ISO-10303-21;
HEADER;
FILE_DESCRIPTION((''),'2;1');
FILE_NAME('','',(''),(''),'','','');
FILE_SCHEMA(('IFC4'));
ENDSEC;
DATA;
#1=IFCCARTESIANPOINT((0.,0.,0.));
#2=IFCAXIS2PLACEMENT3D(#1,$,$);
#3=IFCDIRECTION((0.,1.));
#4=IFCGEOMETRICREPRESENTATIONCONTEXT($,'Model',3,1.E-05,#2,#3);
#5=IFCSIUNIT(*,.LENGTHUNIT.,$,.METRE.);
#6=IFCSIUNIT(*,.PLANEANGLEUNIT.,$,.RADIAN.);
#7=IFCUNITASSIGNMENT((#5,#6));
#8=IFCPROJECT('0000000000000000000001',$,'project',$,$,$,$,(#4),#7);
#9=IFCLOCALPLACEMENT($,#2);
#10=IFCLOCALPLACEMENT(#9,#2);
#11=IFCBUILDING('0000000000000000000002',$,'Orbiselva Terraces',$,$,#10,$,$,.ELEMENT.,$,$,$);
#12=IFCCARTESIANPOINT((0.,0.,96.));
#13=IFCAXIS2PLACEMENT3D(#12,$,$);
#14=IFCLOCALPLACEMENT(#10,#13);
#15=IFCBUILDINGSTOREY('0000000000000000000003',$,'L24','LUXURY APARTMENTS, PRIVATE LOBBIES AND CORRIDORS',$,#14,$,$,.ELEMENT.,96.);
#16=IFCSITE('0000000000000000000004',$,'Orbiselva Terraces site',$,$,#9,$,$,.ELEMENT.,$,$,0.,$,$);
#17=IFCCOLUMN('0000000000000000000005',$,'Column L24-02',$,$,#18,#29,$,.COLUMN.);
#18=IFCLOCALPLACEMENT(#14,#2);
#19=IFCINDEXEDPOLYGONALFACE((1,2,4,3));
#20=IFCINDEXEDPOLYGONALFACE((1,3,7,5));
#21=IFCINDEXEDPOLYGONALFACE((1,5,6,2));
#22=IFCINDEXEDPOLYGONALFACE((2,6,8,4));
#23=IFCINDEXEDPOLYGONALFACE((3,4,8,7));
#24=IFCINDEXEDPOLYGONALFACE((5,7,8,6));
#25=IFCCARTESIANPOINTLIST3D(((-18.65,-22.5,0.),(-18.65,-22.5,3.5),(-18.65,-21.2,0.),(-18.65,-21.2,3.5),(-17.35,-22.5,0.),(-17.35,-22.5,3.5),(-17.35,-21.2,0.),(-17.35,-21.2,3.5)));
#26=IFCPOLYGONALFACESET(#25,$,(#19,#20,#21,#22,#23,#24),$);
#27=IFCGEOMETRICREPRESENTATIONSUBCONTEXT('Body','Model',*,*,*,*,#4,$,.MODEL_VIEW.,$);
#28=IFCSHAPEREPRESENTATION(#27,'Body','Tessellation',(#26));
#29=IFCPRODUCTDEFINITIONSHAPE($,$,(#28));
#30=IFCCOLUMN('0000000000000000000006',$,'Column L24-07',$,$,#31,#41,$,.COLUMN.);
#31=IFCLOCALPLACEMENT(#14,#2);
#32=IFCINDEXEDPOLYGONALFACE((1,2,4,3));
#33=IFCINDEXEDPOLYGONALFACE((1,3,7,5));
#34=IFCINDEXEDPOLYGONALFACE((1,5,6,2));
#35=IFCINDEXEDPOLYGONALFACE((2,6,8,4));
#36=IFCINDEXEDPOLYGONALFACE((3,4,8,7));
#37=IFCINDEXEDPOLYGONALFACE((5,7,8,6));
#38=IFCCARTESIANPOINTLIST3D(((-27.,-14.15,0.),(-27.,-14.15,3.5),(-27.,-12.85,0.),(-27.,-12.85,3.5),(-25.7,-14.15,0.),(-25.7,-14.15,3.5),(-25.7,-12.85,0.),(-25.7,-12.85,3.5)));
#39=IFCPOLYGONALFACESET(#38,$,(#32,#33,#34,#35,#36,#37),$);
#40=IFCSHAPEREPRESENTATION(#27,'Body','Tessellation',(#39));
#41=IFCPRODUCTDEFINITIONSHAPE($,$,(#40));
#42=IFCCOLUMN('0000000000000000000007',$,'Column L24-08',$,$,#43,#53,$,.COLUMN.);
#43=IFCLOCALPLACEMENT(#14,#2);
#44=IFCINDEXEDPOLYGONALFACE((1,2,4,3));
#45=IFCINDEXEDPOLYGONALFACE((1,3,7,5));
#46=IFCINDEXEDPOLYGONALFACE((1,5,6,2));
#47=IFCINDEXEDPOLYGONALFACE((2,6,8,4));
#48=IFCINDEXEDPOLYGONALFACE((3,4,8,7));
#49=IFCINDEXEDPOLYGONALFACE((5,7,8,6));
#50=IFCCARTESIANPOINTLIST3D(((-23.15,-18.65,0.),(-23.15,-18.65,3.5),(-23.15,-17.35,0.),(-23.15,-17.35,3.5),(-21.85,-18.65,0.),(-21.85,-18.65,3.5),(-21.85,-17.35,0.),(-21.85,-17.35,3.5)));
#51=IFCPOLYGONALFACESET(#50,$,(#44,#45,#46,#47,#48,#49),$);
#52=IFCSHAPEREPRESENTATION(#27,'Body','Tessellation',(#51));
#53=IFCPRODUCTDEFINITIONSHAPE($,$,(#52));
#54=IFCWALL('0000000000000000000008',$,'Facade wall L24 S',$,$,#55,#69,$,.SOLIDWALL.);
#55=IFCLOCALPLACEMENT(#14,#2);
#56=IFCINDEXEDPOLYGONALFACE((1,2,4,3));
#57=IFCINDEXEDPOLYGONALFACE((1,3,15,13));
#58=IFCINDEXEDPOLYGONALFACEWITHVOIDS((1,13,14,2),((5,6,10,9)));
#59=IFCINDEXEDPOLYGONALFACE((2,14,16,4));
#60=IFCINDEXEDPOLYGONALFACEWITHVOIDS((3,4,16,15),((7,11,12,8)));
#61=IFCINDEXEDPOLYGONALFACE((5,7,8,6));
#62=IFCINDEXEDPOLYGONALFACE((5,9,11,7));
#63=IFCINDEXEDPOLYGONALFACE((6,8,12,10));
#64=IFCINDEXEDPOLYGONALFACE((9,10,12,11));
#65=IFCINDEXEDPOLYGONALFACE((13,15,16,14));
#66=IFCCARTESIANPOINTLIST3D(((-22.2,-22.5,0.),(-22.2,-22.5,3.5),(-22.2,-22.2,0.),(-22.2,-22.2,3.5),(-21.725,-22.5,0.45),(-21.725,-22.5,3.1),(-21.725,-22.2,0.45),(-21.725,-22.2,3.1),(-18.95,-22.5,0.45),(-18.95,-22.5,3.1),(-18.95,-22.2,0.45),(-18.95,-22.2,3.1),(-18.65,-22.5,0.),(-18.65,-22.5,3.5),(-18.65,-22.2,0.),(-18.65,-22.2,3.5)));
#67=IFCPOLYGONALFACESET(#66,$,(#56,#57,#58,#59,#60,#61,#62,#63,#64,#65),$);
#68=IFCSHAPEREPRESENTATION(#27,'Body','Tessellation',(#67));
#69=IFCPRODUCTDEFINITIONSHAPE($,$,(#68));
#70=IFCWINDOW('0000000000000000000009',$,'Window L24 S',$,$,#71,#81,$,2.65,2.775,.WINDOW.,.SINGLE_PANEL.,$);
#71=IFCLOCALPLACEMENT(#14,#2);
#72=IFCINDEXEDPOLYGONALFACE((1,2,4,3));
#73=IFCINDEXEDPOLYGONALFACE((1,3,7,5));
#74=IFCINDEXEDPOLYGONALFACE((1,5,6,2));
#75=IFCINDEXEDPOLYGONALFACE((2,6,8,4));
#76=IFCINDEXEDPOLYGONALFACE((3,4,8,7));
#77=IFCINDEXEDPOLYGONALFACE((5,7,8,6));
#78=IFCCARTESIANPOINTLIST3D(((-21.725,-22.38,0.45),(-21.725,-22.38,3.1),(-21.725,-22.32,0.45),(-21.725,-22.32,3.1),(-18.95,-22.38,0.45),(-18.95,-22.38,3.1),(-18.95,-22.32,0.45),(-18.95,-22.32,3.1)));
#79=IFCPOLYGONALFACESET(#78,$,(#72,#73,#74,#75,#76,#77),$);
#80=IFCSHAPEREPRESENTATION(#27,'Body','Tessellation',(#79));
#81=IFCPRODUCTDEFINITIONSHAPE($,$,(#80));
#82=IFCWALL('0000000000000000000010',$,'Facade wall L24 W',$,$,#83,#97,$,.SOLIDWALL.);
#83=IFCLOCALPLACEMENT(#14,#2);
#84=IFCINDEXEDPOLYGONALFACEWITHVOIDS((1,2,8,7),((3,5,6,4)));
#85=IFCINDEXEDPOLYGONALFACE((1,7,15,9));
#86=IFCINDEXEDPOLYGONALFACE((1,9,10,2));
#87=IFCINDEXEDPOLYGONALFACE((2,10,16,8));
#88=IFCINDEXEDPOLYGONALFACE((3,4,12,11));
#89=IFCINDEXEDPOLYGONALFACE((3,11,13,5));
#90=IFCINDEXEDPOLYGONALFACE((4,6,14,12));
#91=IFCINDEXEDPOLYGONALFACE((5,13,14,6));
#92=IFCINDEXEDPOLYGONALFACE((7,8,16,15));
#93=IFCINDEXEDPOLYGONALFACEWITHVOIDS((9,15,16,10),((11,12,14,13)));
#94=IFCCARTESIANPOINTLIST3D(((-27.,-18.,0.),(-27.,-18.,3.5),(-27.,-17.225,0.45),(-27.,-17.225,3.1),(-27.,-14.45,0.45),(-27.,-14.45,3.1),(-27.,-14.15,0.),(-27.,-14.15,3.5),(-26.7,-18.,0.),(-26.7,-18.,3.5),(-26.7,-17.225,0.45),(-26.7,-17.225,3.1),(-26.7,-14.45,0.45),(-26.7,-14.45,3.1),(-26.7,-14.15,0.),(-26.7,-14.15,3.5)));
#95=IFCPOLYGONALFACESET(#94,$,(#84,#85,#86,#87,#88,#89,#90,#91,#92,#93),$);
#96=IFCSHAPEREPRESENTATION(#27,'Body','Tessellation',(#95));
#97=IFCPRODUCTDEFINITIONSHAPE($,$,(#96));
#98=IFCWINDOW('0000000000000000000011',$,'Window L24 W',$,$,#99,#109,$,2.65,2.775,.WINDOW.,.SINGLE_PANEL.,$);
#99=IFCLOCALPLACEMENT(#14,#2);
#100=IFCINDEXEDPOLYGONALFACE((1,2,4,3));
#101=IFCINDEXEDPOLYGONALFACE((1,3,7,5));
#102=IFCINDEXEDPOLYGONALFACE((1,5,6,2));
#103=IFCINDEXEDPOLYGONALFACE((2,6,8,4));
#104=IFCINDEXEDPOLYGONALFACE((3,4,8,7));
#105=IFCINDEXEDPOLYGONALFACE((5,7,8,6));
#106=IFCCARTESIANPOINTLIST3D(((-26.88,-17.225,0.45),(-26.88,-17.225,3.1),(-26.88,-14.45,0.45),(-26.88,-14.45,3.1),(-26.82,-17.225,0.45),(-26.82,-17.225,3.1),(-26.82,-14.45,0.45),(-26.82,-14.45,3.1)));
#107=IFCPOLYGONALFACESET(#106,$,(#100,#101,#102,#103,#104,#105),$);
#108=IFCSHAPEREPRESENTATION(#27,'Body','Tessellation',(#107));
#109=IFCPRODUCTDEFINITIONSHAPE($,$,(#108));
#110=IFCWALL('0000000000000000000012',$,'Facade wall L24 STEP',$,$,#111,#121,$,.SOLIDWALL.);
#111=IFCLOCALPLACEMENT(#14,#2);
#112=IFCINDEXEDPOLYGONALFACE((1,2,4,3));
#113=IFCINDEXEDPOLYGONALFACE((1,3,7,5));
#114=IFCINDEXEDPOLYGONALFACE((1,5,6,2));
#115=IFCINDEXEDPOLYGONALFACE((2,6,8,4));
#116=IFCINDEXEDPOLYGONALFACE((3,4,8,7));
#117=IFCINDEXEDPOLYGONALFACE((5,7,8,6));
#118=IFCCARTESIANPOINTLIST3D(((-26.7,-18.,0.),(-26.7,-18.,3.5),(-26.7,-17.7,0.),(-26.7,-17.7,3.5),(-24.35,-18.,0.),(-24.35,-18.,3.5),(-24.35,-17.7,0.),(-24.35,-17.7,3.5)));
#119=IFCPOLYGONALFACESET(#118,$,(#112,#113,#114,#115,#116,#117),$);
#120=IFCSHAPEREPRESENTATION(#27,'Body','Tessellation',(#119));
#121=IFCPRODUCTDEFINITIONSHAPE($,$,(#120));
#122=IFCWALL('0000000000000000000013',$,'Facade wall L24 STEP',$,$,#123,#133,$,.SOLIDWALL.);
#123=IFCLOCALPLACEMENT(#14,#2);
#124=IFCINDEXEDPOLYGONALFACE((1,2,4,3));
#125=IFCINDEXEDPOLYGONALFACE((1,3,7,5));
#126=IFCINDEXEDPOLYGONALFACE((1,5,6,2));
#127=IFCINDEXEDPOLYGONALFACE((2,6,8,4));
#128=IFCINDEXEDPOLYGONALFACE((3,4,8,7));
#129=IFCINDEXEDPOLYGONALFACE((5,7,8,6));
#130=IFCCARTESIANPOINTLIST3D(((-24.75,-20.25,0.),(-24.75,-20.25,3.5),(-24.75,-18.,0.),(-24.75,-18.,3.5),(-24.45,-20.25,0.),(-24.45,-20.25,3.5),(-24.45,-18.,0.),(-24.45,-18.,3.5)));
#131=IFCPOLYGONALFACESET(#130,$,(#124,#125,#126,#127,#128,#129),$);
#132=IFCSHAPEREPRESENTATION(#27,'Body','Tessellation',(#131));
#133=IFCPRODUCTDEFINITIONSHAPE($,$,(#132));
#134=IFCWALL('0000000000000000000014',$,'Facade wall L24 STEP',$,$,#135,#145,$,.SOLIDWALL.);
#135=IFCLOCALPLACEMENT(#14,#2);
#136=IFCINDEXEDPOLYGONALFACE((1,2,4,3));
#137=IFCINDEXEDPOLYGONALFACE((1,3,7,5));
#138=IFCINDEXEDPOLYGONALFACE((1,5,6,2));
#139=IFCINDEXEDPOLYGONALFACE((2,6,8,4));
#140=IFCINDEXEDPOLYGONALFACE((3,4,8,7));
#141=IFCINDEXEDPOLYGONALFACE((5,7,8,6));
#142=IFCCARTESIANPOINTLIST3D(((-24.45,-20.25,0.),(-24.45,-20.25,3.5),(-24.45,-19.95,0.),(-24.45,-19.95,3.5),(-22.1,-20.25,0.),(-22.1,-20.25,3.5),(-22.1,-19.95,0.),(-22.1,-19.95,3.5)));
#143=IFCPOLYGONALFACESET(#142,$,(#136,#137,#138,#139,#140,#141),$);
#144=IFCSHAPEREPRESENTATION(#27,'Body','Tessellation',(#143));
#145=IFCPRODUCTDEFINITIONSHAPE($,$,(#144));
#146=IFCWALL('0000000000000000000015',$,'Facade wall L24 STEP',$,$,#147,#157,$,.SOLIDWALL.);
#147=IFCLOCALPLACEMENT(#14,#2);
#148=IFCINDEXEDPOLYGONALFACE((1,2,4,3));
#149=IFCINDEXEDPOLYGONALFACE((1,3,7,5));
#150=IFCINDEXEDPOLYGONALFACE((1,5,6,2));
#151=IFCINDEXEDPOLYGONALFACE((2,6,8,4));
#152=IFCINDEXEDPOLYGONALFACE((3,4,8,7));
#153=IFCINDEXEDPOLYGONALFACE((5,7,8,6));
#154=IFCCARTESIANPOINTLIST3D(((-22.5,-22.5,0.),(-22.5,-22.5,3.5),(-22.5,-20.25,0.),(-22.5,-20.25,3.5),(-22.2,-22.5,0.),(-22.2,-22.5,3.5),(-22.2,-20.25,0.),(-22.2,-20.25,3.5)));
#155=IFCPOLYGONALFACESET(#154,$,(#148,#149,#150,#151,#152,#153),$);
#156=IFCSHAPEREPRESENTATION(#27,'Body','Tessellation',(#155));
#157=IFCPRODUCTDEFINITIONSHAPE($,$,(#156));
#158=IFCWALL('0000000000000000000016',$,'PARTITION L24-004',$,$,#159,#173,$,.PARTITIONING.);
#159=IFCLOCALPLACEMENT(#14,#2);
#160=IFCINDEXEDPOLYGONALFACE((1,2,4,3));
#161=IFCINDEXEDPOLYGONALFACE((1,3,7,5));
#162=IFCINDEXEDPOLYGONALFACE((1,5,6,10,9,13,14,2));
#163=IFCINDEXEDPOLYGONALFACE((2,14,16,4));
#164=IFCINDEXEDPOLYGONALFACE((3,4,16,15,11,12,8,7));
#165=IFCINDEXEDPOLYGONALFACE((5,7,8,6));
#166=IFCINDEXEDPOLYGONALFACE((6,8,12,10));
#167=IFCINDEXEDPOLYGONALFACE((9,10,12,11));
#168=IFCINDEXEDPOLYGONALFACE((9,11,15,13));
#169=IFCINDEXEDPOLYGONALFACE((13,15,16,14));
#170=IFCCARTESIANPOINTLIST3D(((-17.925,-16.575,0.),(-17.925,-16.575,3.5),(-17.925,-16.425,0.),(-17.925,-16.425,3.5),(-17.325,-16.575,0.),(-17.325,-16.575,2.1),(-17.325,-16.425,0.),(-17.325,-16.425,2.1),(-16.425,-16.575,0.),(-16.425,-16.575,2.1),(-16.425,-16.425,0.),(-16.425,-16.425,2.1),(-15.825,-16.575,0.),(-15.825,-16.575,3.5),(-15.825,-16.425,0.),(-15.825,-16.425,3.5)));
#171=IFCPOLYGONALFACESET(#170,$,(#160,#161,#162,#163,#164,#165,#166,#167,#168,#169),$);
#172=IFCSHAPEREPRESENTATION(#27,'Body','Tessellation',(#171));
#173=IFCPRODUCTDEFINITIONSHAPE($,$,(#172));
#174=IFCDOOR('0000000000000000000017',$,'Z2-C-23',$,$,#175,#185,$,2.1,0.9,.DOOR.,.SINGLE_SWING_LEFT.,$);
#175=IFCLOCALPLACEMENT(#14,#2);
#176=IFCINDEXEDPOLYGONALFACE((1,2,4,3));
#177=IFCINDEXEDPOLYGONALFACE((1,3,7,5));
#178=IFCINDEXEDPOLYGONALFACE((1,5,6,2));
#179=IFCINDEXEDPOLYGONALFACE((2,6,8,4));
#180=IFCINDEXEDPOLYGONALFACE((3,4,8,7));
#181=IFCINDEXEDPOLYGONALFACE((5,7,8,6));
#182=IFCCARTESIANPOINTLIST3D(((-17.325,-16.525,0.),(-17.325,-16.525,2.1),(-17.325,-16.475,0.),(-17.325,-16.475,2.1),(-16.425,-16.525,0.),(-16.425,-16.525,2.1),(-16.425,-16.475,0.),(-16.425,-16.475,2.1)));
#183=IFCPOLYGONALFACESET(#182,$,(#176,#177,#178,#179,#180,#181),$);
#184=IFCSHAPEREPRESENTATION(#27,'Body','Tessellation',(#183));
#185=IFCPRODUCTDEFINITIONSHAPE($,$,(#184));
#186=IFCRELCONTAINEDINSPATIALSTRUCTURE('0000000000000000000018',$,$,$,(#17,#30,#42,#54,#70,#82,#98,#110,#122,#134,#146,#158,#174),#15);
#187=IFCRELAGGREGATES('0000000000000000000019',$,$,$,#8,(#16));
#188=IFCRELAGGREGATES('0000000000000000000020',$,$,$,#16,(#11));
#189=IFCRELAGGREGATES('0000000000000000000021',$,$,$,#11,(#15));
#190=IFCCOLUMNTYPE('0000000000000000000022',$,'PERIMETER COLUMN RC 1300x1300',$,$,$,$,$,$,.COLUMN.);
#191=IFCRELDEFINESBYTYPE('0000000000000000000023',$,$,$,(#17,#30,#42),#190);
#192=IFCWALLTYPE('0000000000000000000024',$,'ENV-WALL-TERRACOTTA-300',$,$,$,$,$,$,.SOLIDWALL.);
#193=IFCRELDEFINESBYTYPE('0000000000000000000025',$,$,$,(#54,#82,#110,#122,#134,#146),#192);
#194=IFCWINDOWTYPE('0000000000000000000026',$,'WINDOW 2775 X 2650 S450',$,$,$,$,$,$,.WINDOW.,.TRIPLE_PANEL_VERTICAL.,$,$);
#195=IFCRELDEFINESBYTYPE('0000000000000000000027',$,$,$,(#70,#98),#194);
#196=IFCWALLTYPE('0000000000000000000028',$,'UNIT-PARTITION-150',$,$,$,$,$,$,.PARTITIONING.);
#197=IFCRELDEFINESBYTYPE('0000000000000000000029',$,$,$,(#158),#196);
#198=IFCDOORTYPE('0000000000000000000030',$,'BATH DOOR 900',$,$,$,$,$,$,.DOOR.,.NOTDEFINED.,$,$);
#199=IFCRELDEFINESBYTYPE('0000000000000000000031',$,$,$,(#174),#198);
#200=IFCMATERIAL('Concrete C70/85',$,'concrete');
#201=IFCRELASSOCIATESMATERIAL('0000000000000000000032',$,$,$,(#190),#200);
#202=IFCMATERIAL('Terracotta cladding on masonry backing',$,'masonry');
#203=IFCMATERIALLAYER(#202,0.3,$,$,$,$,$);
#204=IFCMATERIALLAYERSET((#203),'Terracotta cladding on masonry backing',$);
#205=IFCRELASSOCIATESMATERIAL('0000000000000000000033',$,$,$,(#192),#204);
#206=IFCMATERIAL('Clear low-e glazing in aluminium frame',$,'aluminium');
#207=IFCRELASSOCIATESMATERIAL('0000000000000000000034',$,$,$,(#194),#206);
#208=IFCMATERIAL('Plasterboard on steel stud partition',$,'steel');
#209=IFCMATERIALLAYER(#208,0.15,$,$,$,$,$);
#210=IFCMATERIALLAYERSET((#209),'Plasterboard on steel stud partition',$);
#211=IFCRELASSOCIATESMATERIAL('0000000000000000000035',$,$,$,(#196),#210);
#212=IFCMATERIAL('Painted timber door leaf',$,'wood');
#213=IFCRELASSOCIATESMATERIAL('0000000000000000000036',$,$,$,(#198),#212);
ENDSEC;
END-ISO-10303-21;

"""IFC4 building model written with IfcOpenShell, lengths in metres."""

from ifc_helpers import new_model, si_unit, direction, frame, frame_2d, origin, origin_2d, place, context, subcontext, project, spatial, rectangle, extrude, material, layer, layer_set, material_profile, profile_set, type_object, element, fill, save


model = new_model("IFC4")

# Units and contexts
model_context = context("Model", 3, precision=1e-05, world=origin(), true_north=direction((0.0, 1.0)))
body_context = subcontext(model_context, "Body", "Model", "MODEL_VIEW")
ifc_project = project(units=[si_unit("LENGTHUNIT", "METRE"), si_unit("PLANEANGLEUNIT", "RADIAN")], contexts=[model_context])

# Site, building, storey
site_placement = place(None, origin())
site = spatial("IfcSite", under=ifc_project, at=site_placement, Name="Orbiselva Terraces site", CompositionType="ELEMENT", RefElevation=0.0)
building_placement = place(site_placement, origin())
building = spatial("IfcBuilding", under=site, at=building_placement, Name="Orbiselva Terraces", CompositionType="ELEMENT")
storey_placement = place(building_placement, frame((0.0, 0.0, 96.0)))
storey = spatial("IfcBuildingStorey", under=building, at=storey_placement, Name="L24", Description="LUXURY APARTMENTS, PRIVATE LOBBIES AND CORRIDORS", CompositionType="ELEMENT", Elevation=96.0)

# Columns
ifc_material_1 = material(Name="Concrete C70/85", Category="concrete")
ifc_material_profile = material_profile(ifc_material_1, rectangle(XDim=1.3, YDim=1.3, at=origin_2d()), Name="RC 1300x1300")
ifc_profile_set = profile_set([ifc_material_profile], Name="Concrete C70/85")
column_type = type_object("IfcColumnType", Name="PERIMETER COLUMN RC 1300x1300", PredefinedType="COLUMN", material=ifc_profile_set)
for number, where, z_axis, x_axis, name in (
    (1, (-18.0, -21.85, 0.0), (0.0, 0.0, 1.0), (1.0, 0.0, 0.0), "Column L24-02"),
    (2, (-26.35, -13.5, 0.0), (0.0, 0.0, 1.0), (1.0, 0.0, 0.0), "Column L24-07"),
    (3, (-22.5, -18.0, 0.0), (0.0, 0.0, 1.0), (1.0, 0.0, 0.0), "Column L24-08"),
):
    element("IfcColumn", number, at=place(storey_placement, frame(where, z_axis=z_axis, x_axis=x_axis)), inside=storey, type_object=column_type, Name=name, PredefinedType="COLUMN", context=body_context, shape_type="SweptSolid", body=[
        extrude(rectangle(XDim=1.3, YDim=1.3, at=origin_2d()), origin(), (0.0, 0.0, 1.0), 3.5),
    ])

# Walls, openings, windows
ifc_material_2 = material(Name="Terracotta cladding on masonry backing", Category="masonry")
ifc_layer_1 = layer(ifc_material_2, 0.3)
ifc_layer_set_1 = layer_set([ifc_layer_1], Name="Terracotta cladding on masonry backing")
wall_type_1 = type_object("IfcWallType", Name="ENV-WALL-TERRACOTTA-300", PredefinedType="SOLIDWALL", material=ifc_layer_set_1)
wall_1_placement = place(storey_placement, frame((-18.65, -22.35, 0.0), z_axis=(0.0, 0.0, 1.0), x_axis=(-1.0, 0.0, 0.0)))
wall_1 = element("IfcWall", 4, at=wall_1_placement, inside=storey, type_object=wall_type_1, Name="Facade wall L24 S", PredefinedType="SOLIDWALL", context=body_context, shape_type="SweptSolid", body=[
    extrude(rectangle(XDim=3.55, YDim=0.3, at=frame_2d((1.775, 0.0))), origin(), (0.0, 0.0, 1.0), 3.5),
])
opening_1_placement = place(wall_1_placement, frame((0.3, 0.0, 0.45)))
opening_1 = element("IfcOpeningElement", 5, at=opening_1_placement, cuts=wall_1, PredefinedType="OPENING", context=body_context, shape_type="SweptSolid", body=[
    extrude(rectangle(XDim=2.775, YDim=2.65, at=frame_2d((1.3875, 1.325))), frame((0.0, 0.16, 0.0), z_axis=(0.0, -1.0, 0.0), x_axis=(1.0, 0.0, 0.0)), (0.0, 0.0, 1.0), 0.32),
])
ifc_material_3 = material(Name="Clear low-e glazing in aluminium frame", Category="aluminium")
window_type = type_object("IfcWindowType", Name="WINDOW 2775 X 2650 S450", PartitioningType="TRIPLE_PANEL_VERTICAL", PredefinedType="WINDOW", material=ifc_material_3)
window_1_placement = place(opening_1_placement, origin())
window_1 = element("IfcWindow", 6, at=window_1_placement, inside=storey, type_object=window_type, Name="Window L24 S", OverallHeight=2.65, OverallWidth=2.775, PartitioningType="SINGLE_PANEL", PredefinedType="WINDOW", context=body_context, shape_type="SweptSolid", body=[
    extrude(rectangle(XDim=2.775, YDim=2.65, at=frame_2d((1.3875, 1.325))), frame((0.0, 0.03, 0.0), z_axis=(0.0, -1.0, 0.0), x_axis=(1.0, 0.0, 0.0)), (0.0, 0.0, 1.0), 0.06),
])
fill(opening_1, window_1)
wall_2_placement = place(storey_placement, frame((-26.85, -18.0, 0.0), z_axis=(0.0, 0.0, 1.0), x_axis=(0.0, 1.0, 0.0)))
wall_2 = element("IfcWall", 7, at=wall_2_placement, inside=storey, type_object=wall_type_1, Name="Facade wall L24 W", PredefinedType="SOLIDWALL", context=body_context, shape_type="SweptSolid", body=[
    extrude(rectangle(XDim=3.85, YDim=0.3, at=frame_2d((1.925, 0.0))), origin(), (0.0, 0.0, 1.0), 3.5),
])
opening_2_placement = place(wall_2_placement, frame((0.775, 0.0, 0.45)))
opening_2 = element("IfcOpeningElement", 8, at=opening_2_placement, cuts=wall_2, PredefinedType="OPENING", context=body_context, shape_type="SweptSolid", body=[
    extrude(rectangle(XDim=2.775, YDim=2.65, at=frame_2d((1.3875, 1.325))), frame((0.0, 0.16, 0.0), z_axis=(0.0, -1.0, 0.0), x_axis=(1.0, 0.0, 0.0)), (0.0, 0.0, 1.0), 0.32),
])
window_2_placement = place(opening_2_placement, origin())
window_2 = element("IfcWindow", 9, at=window_2_placement, inside=storey, type_object=window_type, Name="Window L24 W", OverallHeight=2.65, OverallWidth=2.775, PartitioningType="SINGLE_PANEL", PredefinedType="WINDOW", context=body_context, shape_type="SweptSolid", body=[
    extrude(rectangle(XDim=2.775, YDim=2.65, at=frame_2d((1.3875, 1.325))), frame((0.0, 0.03, 0.0), z_axis=(0.0, -1.0, 0.0), x_axis=(1.0, 0.0, 0.0)), (0.0, 0.0, 1.0), 0.06),
])
fill(opening_2, window_2)

# Walls
wall_3_placement = place(storey_placement, frame((-24.35, -17.85, 0.0), z_axis=(0.0, 0.0, 1.0), x_axis=(-1.0, 0.0, 0.0)))
element("IfcWall", 10, at=wall_3_placement, inside=storey, type_object=wall_type_1, Name="Facade wall L24 STEP", PredefinedType="SOLIDWALL", context=body_context, shape_type="SweptSolid", body=[
    extrude(rectangle(XDim=2.35, YDim=0.3, at=frame_2d((1.175, 0.0))), origin(), (0.0, 0.0, 1.0), 3.5),
])
wall_4_placement = place(storey_placement, frame((-24.6, -20.25, 0.0), z_axis=(0.0, 0.0, 1.0), x_axis=(0.0, 1.0, 0.0)))
element("IfcWall", 11, at=wall_4_placement, inside=storey, type_object=wall_type_1, Name="Facade wall L24 STEP", PredefinedType="SOLIDWALL", context=body_context, shape_type="SweptSolid", body=[
    extrude(rectangle(XDim=2.25, YDim=0.3, at=frame_2d((1.125, 0.0))), origin(), (0.0, 0.0, 1.0), 3.5),
])
wall_5_placement = place(storey_placement, frame((-22.1, -20.1, 0.0), z_axis=(0.0, 0.0, 1.0), x_axis=(-1.0, 0.0, 0.0)))
element("IfcWall", 12, at=wall_5_placement, inside=storey, type_object=wall_type_1, Name="Facade wall L24 STEP", PredefinedType="SOLIDWALL", context=body_context, shape_type="SweptSolid", body=[
    extrude(rectangle(XDim=2.35, YDim=0.3, at=frame_2d((1.175, 0.0))), origin(), (0.0, 0.0, 1.0), 3.5),
])
wall_6_placement = place(storey_placement, frame((-22.35, -22.5, 0.0), z_axis=(0.0, 0.0, 1.0), x_axis=(0.0, 1.0, 0.0)))
element("IfcWall", 13, at=wall_6_placement, inside=storey, type_object=wall_type_1, Name="Facade wall L24 STEP", PredefinedType="SOLIDWALL", context=body_context, shape_type="SweptSolid", body=[
    extrude(rectangle(XDim=2.25, YDim=0.3, at=frame_2d((1.125, 0.0))), origin(), (0.0, 0.0, 1.0), 3.5),
])

# Wall, opening, door
ifc_material_4 = material(Name="Plasterboard on steel stud partition", Category="steel")
ifc_layer_2 = layer(ifc_material_4, 0.15)
ifc_layer_set_2 = layer_set([ifc_layer_2], Name="Plasterboard on steel stud partition")
wall_type_2 = type_object("IfcWallType", Name="UNIT-PARTITION-150", PredefinedType="PARTITIONING", material=ifc_layer_set_2)
wall_7_placement = place(storey_placement, frame((-17.925, -16.5, 0.0), z_axis=(0.0, 0.0, 1.0), x_axis=(1.0, 0.0, 0.0)))
wall_7 = element("IfcWall", 14, at=wall_7_placement, inside=storey, type_object=wall_type_2, Name="PARTITION L24-004", PredefinedType="PARTITIONING", context=body_context, shape_type="SweptSolid", body=[
    extrude(rectangle(XDim=2.1, YDim=0.15, at=frame_2d((1.05, 0.0))), origin(), (0.0, 0.0, 1.0), 3.5),
])
opening_3_placement = place(wall_7_placement, frame((0.6, 0.0, 0.0)))
opening_3 = element("IfcOpeningElement", 15, at=opening_3_placement, cuts=wall_7, PredefinedType="OPENING", context=body_context, shape_type="SweptSolid", body=[
    extrude(rectangle(XDim=0.9, YDim=2.1, at=frame_2d((0.45, 1.05))), frame((0.0, 0.085, 0.0), z_axis=(0.0, -1.0, 0.0), x_axis=(1.0, 0.0, 0.0)), (0.0, 0.0, 1.0), 0.17),
])
ifc_material_5 = material(Name="Painted timber door leaf", Category="wood")
door_type_1 = type_object("IfcDoorType", Name="BATH DOOR 900", OperationType="NOTDEFINED", PredefinedType="DOOR", material=ifc_material_5)
door_1_placement = place(opening_3_placement, origin())
door_1 = element("IfcDoor", 16, at=door_1_placement, inside=storey, type_object=door_type_1, Name="Z2-C-23", OperationType="SINGLE_SWING_LEFT", OverallHeight=2.1, OverallWidth=0.9, PredefinedType="DOOR", context=body_context, shape_type="SweptSolid", body=[
    extrude(rectangle(XDim=0.9, YDim=2.1, at=frame_2d((0.45, 1.05))), frame((0.0, 0.025, 0.0), z_axis=(0.0, -1.0, 0.0), x_axis=(1.0, 0.0, 0.0)), (0.0, 0.0, 1.0), 0.05),
])
fill(opening_3, door_1)

save(model, "model.ifc")
